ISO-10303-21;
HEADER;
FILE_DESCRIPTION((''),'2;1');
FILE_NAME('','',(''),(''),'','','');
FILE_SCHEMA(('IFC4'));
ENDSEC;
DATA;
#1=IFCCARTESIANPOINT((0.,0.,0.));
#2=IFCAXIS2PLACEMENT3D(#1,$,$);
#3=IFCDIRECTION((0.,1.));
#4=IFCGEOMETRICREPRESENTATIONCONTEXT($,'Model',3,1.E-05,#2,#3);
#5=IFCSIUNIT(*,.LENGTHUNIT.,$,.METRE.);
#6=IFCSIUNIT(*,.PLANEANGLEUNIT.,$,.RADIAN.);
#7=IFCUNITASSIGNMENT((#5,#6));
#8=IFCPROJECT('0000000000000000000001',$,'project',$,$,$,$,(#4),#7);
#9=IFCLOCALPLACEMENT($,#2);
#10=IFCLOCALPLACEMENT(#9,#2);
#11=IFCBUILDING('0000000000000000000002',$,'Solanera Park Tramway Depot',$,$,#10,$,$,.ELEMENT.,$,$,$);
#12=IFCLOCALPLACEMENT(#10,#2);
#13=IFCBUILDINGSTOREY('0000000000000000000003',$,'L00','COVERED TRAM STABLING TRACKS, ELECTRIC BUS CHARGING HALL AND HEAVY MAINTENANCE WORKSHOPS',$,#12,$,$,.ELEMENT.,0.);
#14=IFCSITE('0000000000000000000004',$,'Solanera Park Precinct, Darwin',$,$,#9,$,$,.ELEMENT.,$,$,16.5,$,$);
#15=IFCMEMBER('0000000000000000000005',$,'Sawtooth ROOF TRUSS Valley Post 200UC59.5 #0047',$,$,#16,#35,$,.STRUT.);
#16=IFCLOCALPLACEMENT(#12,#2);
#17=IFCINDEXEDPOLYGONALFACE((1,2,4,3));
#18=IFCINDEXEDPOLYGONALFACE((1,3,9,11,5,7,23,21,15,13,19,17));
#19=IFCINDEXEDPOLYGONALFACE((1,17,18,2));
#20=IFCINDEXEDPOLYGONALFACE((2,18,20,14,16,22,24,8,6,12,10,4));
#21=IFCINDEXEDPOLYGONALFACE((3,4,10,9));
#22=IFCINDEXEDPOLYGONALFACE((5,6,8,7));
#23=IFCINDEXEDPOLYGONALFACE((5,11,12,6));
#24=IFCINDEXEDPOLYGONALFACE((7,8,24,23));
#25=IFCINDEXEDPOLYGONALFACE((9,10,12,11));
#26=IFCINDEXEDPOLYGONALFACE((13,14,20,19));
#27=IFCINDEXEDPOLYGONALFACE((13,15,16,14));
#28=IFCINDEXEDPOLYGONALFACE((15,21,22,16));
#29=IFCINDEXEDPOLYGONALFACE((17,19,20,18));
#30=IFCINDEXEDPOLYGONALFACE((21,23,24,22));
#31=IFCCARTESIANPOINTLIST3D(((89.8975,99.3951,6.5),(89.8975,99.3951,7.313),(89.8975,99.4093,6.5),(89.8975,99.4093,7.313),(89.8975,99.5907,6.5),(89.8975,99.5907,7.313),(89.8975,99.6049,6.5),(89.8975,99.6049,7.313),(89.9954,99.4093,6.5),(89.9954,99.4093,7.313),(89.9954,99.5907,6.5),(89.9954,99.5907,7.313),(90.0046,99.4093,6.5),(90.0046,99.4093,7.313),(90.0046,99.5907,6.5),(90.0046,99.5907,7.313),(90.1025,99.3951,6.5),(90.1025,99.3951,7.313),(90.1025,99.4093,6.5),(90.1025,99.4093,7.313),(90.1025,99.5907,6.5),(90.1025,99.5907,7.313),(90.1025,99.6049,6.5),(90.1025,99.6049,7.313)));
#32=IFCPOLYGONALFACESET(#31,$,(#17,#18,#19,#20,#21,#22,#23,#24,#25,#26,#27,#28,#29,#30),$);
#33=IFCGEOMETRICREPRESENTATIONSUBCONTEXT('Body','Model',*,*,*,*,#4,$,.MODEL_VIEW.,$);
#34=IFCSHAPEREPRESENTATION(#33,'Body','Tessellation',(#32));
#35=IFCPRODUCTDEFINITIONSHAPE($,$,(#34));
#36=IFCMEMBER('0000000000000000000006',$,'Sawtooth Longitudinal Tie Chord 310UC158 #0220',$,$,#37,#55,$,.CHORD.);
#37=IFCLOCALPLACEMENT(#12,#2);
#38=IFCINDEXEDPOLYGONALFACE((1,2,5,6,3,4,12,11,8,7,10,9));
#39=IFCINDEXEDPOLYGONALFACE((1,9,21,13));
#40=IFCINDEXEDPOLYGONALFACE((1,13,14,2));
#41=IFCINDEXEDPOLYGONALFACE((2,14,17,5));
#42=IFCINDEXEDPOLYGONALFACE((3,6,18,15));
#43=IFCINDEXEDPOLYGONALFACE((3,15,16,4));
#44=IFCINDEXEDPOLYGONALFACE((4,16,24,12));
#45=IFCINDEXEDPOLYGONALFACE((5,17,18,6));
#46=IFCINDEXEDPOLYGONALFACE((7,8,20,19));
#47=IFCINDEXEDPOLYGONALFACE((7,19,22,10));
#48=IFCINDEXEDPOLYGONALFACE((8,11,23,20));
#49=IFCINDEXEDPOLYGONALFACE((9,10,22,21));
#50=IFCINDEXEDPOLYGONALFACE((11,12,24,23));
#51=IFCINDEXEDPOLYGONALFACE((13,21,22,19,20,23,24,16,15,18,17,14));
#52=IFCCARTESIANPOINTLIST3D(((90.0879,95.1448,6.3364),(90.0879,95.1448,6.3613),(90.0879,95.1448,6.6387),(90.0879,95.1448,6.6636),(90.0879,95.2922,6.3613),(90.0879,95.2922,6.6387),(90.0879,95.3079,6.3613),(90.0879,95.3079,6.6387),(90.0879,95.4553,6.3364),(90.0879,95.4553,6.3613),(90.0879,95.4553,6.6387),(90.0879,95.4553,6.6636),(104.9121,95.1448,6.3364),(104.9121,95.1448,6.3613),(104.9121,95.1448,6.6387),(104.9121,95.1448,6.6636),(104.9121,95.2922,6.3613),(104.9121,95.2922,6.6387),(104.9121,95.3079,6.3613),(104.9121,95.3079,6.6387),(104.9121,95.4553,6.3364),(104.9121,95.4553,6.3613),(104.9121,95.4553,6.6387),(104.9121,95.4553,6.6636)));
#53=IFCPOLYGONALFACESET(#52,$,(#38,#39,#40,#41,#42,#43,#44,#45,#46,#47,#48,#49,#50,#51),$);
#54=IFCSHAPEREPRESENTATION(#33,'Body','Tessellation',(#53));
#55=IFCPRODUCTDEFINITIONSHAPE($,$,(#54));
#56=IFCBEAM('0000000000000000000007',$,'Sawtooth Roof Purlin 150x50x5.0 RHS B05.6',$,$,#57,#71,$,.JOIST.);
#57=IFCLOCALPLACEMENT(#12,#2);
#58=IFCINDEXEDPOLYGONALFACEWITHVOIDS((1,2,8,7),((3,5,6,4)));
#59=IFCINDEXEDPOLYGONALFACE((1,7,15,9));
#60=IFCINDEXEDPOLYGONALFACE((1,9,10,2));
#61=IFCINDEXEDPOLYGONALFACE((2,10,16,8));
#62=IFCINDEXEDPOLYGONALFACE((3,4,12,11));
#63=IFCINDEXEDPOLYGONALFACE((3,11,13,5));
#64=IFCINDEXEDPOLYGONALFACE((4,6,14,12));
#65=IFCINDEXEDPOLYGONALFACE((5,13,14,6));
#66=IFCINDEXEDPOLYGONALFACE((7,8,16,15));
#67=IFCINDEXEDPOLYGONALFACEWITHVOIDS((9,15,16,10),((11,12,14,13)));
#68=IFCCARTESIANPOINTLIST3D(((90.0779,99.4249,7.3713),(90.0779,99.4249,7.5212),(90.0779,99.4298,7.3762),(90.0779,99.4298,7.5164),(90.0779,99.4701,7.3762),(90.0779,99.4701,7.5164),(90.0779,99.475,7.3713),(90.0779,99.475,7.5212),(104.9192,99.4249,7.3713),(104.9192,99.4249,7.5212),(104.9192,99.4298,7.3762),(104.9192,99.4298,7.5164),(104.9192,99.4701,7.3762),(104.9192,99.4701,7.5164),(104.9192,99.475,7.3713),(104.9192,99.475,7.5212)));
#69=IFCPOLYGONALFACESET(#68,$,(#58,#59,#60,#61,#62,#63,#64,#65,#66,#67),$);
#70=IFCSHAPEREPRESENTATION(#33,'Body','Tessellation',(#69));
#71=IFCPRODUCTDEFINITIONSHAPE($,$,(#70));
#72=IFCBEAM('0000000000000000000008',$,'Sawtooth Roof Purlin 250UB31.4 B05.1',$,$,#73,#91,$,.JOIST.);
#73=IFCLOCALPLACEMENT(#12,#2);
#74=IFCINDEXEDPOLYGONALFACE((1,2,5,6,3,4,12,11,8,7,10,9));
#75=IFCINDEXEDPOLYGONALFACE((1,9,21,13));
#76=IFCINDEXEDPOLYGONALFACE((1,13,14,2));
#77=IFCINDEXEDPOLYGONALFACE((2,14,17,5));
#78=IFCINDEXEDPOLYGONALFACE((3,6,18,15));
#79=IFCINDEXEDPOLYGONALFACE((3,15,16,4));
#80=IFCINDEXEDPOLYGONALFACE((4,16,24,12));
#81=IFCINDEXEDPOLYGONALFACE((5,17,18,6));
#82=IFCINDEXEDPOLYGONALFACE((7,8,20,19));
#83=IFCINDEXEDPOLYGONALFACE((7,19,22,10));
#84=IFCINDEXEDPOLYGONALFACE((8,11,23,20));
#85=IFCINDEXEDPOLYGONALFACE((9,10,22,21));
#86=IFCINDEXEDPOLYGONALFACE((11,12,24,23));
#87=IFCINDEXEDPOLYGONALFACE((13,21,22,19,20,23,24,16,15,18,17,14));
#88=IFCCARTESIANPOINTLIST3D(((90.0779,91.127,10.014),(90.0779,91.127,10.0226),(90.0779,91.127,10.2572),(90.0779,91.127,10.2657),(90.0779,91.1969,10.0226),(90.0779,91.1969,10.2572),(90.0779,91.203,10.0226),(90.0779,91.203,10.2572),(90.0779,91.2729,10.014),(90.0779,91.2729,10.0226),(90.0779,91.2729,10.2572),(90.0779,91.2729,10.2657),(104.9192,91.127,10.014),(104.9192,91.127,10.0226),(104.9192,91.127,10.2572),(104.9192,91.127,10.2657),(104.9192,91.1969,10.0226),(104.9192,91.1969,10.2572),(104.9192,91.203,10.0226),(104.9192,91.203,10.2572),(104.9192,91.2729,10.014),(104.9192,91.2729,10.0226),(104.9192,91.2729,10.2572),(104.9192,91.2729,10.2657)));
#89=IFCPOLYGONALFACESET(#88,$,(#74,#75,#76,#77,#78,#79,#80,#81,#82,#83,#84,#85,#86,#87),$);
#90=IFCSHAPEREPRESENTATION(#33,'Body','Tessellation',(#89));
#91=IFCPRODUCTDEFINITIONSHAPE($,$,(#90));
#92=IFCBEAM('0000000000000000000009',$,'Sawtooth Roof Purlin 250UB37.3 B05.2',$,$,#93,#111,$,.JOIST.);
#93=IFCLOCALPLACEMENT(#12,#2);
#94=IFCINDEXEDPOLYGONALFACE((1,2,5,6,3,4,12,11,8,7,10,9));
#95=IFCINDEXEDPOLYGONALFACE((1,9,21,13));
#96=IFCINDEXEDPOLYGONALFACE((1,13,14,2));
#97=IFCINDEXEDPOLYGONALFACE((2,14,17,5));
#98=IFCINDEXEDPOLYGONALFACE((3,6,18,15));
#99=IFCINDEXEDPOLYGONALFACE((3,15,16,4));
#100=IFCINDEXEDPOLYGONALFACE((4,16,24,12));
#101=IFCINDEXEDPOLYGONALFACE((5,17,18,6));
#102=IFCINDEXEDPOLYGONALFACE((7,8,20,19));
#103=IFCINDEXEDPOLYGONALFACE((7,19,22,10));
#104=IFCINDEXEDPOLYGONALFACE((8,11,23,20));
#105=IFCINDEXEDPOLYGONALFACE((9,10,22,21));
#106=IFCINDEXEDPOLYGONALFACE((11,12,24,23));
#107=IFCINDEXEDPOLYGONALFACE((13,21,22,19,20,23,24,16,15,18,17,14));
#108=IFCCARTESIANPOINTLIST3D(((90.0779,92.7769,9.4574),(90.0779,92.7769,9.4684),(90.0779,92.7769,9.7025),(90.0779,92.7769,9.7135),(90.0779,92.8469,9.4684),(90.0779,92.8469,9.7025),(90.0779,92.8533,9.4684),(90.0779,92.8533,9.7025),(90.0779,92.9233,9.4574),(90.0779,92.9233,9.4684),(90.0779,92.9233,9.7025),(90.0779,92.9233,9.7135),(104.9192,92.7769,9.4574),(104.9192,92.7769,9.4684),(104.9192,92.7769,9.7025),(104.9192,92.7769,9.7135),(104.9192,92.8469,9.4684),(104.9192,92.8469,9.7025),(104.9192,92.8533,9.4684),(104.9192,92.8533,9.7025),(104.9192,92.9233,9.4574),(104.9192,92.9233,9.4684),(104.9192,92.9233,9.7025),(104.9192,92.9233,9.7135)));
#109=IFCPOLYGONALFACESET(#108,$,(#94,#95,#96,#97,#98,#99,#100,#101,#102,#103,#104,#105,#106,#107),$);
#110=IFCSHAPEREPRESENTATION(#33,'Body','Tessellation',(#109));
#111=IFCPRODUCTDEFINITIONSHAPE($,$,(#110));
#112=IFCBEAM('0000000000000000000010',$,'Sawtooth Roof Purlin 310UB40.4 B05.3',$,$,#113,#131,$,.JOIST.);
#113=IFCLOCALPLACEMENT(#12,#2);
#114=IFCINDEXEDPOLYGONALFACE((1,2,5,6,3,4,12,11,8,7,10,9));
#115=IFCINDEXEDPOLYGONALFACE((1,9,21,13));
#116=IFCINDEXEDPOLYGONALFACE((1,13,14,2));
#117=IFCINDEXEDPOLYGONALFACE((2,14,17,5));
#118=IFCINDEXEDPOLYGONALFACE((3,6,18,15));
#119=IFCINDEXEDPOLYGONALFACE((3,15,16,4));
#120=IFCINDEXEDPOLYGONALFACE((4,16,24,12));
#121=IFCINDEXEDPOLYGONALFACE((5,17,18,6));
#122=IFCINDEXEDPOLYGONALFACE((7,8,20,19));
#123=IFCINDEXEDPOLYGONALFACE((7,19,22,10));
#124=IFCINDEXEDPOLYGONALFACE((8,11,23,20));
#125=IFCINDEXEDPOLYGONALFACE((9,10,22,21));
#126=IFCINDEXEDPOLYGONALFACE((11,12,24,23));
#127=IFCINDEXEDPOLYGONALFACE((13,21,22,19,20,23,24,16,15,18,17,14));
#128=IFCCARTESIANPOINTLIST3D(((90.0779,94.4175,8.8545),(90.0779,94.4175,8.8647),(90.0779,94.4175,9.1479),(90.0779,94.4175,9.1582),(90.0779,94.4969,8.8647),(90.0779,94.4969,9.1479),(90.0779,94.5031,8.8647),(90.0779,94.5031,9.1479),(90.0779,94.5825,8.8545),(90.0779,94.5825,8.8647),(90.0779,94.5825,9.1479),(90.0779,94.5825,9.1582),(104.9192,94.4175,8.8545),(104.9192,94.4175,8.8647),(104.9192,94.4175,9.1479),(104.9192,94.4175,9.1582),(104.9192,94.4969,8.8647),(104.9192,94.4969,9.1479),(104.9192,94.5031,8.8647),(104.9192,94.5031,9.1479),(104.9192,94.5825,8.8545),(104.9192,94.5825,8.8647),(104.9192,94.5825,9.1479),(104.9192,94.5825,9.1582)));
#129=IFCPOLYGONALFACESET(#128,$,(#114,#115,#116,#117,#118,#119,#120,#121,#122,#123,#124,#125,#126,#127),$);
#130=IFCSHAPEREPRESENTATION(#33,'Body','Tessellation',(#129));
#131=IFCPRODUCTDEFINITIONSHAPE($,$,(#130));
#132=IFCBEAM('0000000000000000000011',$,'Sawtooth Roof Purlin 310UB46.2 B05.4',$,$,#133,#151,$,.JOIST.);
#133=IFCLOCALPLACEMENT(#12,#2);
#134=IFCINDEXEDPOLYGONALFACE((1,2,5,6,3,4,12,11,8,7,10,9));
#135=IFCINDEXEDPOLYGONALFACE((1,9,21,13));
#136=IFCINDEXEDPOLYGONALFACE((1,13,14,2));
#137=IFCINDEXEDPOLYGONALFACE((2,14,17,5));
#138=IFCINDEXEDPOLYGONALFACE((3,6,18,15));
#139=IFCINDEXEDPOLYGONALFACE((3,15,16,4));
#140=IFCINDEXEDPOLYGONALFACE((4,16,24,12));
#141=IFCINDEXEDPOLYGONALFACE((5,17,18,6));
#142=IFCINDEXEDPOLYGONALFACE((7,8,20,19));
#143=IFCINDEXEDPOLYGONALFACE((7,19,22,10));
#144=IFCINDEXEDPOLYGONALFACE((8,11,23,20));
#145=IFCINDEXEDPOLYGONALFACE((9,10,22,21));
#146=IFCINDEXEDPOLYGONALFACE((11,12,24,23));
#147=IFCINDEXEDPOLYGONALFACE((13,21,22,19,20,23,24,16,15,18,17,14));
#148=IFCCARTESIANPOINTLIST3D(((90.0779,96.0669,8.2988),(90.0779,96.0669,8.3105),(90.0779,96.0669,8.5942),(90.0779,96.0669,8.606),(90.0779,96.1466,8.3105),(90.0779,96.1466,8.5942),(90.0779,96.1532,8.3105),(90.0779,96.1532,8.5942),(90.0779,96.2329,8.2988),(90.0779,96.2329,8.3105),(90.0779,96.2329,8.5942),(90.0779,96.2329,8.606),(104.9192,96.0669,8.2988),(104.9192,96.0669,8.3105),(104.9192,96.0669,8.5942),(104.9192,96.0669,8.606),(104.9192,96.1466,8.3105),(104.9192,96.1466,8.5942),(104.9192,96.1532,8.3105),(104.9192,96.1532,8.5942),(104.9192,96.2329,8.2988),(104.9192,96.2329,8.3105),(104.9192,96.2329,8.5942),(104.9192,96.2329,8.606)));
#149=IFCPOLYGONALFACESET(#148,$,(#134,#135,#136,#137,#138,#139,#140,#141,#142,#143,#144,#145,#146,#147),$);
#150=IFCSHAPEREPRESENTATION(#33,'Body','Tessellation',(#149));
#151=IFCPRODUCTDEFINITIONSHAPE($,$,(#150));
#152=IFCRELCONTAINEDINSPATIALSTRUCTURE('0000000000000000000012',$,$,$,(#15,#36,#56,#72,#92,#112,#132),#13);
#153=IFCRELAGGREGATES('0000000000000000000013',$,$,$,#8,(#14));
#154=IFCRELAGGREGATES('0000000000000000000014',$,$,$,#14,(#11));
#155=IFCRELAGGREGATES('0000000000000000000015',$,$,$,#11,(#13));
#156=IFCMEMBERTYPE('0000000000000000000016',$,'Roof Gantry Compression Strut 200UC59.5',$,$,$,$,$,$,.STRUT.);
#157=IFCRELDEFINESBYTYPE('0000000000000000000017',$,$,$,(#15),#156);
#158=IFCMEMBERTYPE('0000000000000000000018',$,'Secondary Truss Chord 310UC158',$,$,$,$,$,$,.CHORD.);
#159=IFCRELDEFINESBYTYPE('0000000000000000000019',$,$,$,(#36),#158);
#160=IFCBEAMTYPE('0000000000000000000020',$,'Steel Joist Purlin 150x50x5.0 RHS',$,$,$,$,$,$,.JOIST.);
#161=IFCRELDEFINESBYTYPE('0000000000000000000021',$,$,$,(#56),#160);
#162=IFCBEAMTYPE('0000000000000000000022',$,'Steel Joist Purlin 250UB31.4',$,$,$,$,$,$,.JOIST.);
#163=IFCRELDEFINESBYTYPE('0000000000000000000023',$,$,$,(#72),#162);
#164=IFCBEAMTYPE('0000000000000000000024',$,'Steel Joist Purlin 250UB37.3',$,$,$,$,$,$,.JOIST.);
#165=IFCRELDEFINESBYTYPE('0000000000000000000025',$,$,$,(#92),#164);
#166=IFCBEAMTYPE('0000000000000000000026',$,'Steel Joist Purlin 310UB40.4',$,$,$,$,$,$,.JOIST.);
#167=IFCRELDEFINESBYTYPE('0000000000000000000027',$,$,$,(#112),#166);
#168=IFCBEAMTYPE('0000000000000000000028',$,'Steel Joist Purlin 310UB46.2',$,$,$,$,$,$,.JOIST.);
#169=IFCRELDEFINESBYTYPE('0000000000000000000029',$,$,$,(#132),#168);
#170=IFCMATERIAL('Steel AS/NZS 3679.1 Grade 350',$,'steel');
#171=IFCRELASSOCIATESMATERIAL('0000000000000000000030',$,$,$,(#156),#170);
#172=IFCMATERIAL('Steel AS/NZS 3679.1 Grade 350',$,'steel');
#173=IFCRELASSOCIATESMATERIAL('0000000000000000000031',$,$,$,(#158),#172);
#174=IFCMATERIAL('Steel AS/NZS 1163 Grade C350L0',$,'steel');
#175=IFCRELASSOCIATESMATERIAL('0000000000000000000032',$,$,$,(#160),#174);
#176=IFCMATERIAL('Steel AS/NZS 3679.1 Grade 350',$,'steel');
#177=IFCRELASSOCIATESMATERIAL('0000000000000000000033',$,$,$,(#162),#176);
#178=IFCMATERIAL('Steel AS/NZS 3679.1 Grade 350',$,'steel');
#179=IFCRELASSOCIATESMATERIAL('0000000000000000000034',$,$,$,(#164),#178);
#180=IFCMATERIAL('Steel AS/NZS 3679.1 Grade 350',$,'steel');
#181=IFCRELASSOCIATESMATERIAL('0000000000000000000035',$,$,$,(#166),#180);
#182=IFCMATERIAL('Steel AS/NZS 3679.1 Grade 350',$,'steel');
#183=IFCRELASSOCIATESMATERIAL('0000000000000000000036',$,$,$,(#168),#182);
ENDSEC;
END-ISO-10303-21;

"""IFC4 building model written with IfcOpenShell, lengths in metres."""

from ifc_helpers import new_model, si_unit, direction, frame, origin, origin_2d, place, context, subcontext, project, spatial, hollow_rectangle, i_section, extrude, material, material_profile, profile_set, type_object, element, save


model = new_model("IFC4")

# Units and contexts
model_context = context("Model", 3, precision=1e-05, world=origin(), true_north=direction((0.0, 1.0)))
body_context = subcontext(model_context, "Body", "Model", "MODEL_VIEW")
ifc_project = project(units=[si_unit("LENGTHUNIT", "METRE"), si_unit("PLANEANGLEUNIT", "RADIAN")], contexts=[model_context])

# Site, building, storey
site_placement = place(None, origin())
site = spatial("IfcSite", under=ifc_project, at=site_placement, Name="Solanera Park Precinct, Darwin", CompositionType="ELEMENT", RefElevation=16.5)
building_placement = place(site_placement, origin())
building = spatial("IfcBuilding", under=site, at=building_placement, Name="Solanera Park Tramway Depot", CompositionType="ELEMENT")
storey_placement = place(building_placement, origin())
storey = spatial("IfcBuildingStorey", under=building, at=storey_placement, Name="L00", Description="COVERED TRAM STABLING TRACKS, ELECTRIC BUS CHARGING HALL AND HEAVY MAINTENANCE WORKSHOPS", CompositionType="ELEMENT", Elevation=0.0)

# Members
ifc_material_1 = material(Name="Steel AS/NZS 3679.1 Grade 350", Category="steel")
ifc_material_profile_1 = material_profile(ifc_material_1, i_section(OverallWidth=0.2051, OverallDepth=0.2097, WebThickness=0.0093, FlangeThickness=0.0142, at=origin_2d()), Name="200UC59.5")
ifc_profile_set_1 = profile_set([ifc_material_profile_1], Name="Steel AS/NZS 3679.1 Grade 350")
member_type_1 = type_object("IfcMemberType", Name="Roof Gantry Compression Strut 200UC59.5", PredefinedType="STRUT", material=ifc_profile_set_1)
member_1_placement = place(storey_placement, frame((90.0, 99.5, 6.5), z_axis=(0.0, 0.0, 1.0), x_axis=(1.0, 0.0, 0.0)))
element("IfcMember", 1, at=member_1_placement, inside=storey, type_object=member_type_1, Name="Sawtooth ROOF TRUSS Valley Post 200UC59.5 #0047", PredefinedType="STRUT", context=body_context, shape_type="SweptSolid", body=[
    extrude(i_section(OverallWidth=0.2051, OverallDepth=0.2097, WebThickness=0.0093, FlangeThickness=0.0142, at=origin_2d()), origin(), (0.0, 0.0, 1.0), 0.813),
])
ifc_material_2 = material(Name="Steel AS/NZS 3679.1 Grade 350", Category="steel")
ifc_material_profile_2 = material_profile(ifc_material_2, i_section(OverallWidth=0.3105, OverallDepth=0.3271, WebThickness=0.0156, FlangeThickness=0.0249, at=origin_2d()), Name="310UC158")
ifc_profile_set_2 = profile_set([ifc_material_profile_2], Name="Steel AS/NZS 3679.1 Grade 350")
member_type_2 = type_object("IfcMemberType", Name="Secondary Truss Chord 310UC158", PredefinedType="CHORD", material=ifc_profile_set_2)
member_2_placement = place(storey_placement, frame((90.0879, 95.3, 6.5), z_axis=(1.0, 0.0, 0.0), x_axis=(0.0, 1.0, 0.0)))
element("IfcMember", 2, at=member_2_placement, inside=storey, type_object=member_type_2, Name="Sawtooth Longitudinal Tie Chord 310UC158 #0220", PredefinedType="CHORD", context=body_context, shape_type="SweptSolid", body=[
    extrude(i_section(OverallWidth=0.3105, OverallDepth=0.3271, WebThickness=0.0156, FlangeThickness=0.0249, at=origin_2d()), origin(), (0.0, 0.0, 1.0), 14.8242),
])

# Beams
ifc_material_3 = material(Name="Steel AS/NZS 1163 Grade C350L0", Category="steel")
ifc_material_profile_3 = material_profile(ifc_material_3, hollow_rectangle(XDim=0.05, YDim=0.1499, WallThickness=0.0049, at=origin_2d()), Name="150x50x5.0 RHS")
ifc_profile_set_3 = profile_set([ifc_material_profile_3], Name="Steel AS/NZS 1163 Grade C350L0")
beam_type_1 = type_object("IfcBeamType", Name="Steel Joist Purlin 150x50x5.0 RHS", PredefinedType="JOIST", material=ifc_profile_set_3)
beam_1_placement = place(storey_placement, frame((90.0779, 99.45, 7.4463), z_axis=(1.0, 0.0, 0.0), x_axis=(0.0, 1.0, 0.0)))
element("IfcBeam", 3, at=beam_1_placement, inside=storey, type_object=beam_type_1, Name="Sawtooth Roof Purlin 150x50x5.0 RHS B05.6", PredefinedType="JOIST", context=body_context, shape_type="SweptSolid", body=[
    extrude(hollow_rectangle(XDim=0.05, YDim=0.1499, WallThickness=0.0049, at=origin_2d()), origin(), (0.0, 0.0, 1.0), 14.8413),
])
ifc_material_4 = material(Name="Steel AS/NZS 3679.1 Grade 350", Category="steel")
ifc_material_profile_4 = material_profile(ifc_material_4, i_section(OverallWidth=0.146, OverallDepth=0.2517, WebThickness=0.0061, FlangeThickness=0.0085, at=origin_2d()), Name="250UB31.4")
ifc_profile_set_4 = profile_set([ifc_material_profile_4], Name="Steel AS/NZS 3679.1 Grade 350")
beam_type_2 = type_object("IfcBeamType", Name="Steel Joist Purlin 250UB31.4", PredefinedType="JOIST", material=ifc_profile_set_4)
beam_2_placement = place(storey_placement, frame((90.0779, 91.2, 10.1399), z_axis=(1.0, 0.0, 0.0), x_axis=(0.0, 1.0, 0.0)))
element("IfcBeam", 4, at=beam_2_placement, inside=storey, type_object=beam_type_2, Name="Sawtooth Roof Purlin 250UB31.4 B05.1", PredefinedType="JOIST", context=body_context, shape_type="SweptSolid", body=[
    extrude(i_section(OverallWidth=0.146, OverallDepth=0.2517, WebThickness=0.0061, FlangeThickness=0.0085, at=origin_2d()), origin(), (0.0, 0.0, 1.0), 14.8413),
])
ifc_material_5 = material(Name="Steel AS/NZS 3679.1 Grade 350", Category="steel")
ifc_material_profile_5 = material_profile(ifc_material_5, i_section(OverallWidth=0.1465, OverallDepth=0.2561, WebThickness=0.0063, FlangeThickness=0.011, at=origin_2d()), Name="250UB37.3")
ifc_profile_set_5 = profile_set([ifc_material_profile_5], Name="Steel AS/NZS 3679.1 Grade 350")
beam_type_3 = type_object("IfcBeamType", Name="Steel Joist Purlin 250UB37.3", PredefinedType="JOIST", material=ifc_profile_set_5)
beam_3_placement = place(storey_placement, frame((90.0779, 92.8501, 9.5854), z_axis=(1.0, 0.0, 0.0), x_axis=(0.0, 1.0, 0.0)))
element("IfcBeam", 5, at=beam_3_placement, inside=storey, type_object=beam_type_3, Name="Sawtooth Roof Purlin 250UB37.3 B05.2", PredefinedType="JOIST", context=body_context, shape_type="SweptSolid", body=[
    extrude(i_section(OverallWidth=0.1465, OverallDepth=0.2561, WebThickness=0.0063, FlangeThickness=0.011, at=origin_2d()), origin(), (0.0, 0.0, 1.0), 14.8413),
])
ifc_material_6 = material(Name="Steel AS/NZS 3679.1 Grade 350", Category="steel")
ifc_material_profile_6 = material_profile(ifc_material_6, i_section(OverallWidth=0.165, OverallDepth=0.3037, WebThickness=0.0061, FlangeThickness=0.0103, at=origin_2d()), Name="310UB40.4")
ifc_profile_set_6 = profile_set([ifc_material_profile_6], Name="Steel AS/NZS 3679.1 Grade 350")
beam_type_4 = type_object("IfcBeamType", Name="Steel Joist Purlin 310UB40.4", PredefinedType="JOIST", material=ifc_profile_set_6)
beam_4_placement = place(storey_placement, frame((90.0779, 94.5, 9.0063), z_axis=(1.0, 0.0, 0.0), x_axis=(0.0, 1.0, 0.0)))
element("IfcBeam", 6, at=beam_4_placement, inside=storey, type_object=beam_type_4, Name="Sawtooth Roof Purlin 310UB40.4 B05.3", PredefinedType="JOIST", context=body_context, shape_type="SweptSolid", body=[
    extrude(i_section(OverallWidth=0.165, OverallDepth=0.3037, WebThickness=0.0061, FlangeThickness=0.0103, at=origin_2d()), origin(), (0.0, 0.0, 1.0), 14.8413),
])
ifc_material_7 = material(Name="Steel AS/NZS 3679.1 Grade 350", Category="steel")
ifc_material_profile_7 = material_profile(ifc_material_7, i_section(OverallWidth=0.166, OverallDepth=0.3071, WebThickness=0.0066, FlangeThickness=0.0117, at=origin_2d()), Name="310UB46.2")
ifc_profile_set_7 = profile_set([ifc_material_profile_7], Name="Steel AS/NZS 3679.1 Grade 350")
beam_type_5 = type_object("IfcBeamType", Name="Steel Joist Purlin 310UB46.2", PredefinedType="JOIST", material=ifc_profile_set_7)
beam_5_placement = place(storey_placement, frame((90.0779, 96.1499, 8.4524), z_axis=(1.0, 0.0, 0.0), x_axis=(0.0, 1.0, 0.0)))
element("IfcBeam", 7, at=beam_5_placement, inside=storey, type_object=beam_type_5, Name="Sawtooth Roof Purlin 310UB46.2 B05.4", PredefinedType="JOIST", context=body_context, shape_type="SweptSolid", body=[
    extrude(i_section(OverallWidth=0.166, OverallDepth=0.3071, WebThickness=0.0066, FlangeThickness=0.0117, at=origin_2d()), origin(), (0.0, 0.0, 1.0), 14.8413),
])

save(model, "model.ifc")
